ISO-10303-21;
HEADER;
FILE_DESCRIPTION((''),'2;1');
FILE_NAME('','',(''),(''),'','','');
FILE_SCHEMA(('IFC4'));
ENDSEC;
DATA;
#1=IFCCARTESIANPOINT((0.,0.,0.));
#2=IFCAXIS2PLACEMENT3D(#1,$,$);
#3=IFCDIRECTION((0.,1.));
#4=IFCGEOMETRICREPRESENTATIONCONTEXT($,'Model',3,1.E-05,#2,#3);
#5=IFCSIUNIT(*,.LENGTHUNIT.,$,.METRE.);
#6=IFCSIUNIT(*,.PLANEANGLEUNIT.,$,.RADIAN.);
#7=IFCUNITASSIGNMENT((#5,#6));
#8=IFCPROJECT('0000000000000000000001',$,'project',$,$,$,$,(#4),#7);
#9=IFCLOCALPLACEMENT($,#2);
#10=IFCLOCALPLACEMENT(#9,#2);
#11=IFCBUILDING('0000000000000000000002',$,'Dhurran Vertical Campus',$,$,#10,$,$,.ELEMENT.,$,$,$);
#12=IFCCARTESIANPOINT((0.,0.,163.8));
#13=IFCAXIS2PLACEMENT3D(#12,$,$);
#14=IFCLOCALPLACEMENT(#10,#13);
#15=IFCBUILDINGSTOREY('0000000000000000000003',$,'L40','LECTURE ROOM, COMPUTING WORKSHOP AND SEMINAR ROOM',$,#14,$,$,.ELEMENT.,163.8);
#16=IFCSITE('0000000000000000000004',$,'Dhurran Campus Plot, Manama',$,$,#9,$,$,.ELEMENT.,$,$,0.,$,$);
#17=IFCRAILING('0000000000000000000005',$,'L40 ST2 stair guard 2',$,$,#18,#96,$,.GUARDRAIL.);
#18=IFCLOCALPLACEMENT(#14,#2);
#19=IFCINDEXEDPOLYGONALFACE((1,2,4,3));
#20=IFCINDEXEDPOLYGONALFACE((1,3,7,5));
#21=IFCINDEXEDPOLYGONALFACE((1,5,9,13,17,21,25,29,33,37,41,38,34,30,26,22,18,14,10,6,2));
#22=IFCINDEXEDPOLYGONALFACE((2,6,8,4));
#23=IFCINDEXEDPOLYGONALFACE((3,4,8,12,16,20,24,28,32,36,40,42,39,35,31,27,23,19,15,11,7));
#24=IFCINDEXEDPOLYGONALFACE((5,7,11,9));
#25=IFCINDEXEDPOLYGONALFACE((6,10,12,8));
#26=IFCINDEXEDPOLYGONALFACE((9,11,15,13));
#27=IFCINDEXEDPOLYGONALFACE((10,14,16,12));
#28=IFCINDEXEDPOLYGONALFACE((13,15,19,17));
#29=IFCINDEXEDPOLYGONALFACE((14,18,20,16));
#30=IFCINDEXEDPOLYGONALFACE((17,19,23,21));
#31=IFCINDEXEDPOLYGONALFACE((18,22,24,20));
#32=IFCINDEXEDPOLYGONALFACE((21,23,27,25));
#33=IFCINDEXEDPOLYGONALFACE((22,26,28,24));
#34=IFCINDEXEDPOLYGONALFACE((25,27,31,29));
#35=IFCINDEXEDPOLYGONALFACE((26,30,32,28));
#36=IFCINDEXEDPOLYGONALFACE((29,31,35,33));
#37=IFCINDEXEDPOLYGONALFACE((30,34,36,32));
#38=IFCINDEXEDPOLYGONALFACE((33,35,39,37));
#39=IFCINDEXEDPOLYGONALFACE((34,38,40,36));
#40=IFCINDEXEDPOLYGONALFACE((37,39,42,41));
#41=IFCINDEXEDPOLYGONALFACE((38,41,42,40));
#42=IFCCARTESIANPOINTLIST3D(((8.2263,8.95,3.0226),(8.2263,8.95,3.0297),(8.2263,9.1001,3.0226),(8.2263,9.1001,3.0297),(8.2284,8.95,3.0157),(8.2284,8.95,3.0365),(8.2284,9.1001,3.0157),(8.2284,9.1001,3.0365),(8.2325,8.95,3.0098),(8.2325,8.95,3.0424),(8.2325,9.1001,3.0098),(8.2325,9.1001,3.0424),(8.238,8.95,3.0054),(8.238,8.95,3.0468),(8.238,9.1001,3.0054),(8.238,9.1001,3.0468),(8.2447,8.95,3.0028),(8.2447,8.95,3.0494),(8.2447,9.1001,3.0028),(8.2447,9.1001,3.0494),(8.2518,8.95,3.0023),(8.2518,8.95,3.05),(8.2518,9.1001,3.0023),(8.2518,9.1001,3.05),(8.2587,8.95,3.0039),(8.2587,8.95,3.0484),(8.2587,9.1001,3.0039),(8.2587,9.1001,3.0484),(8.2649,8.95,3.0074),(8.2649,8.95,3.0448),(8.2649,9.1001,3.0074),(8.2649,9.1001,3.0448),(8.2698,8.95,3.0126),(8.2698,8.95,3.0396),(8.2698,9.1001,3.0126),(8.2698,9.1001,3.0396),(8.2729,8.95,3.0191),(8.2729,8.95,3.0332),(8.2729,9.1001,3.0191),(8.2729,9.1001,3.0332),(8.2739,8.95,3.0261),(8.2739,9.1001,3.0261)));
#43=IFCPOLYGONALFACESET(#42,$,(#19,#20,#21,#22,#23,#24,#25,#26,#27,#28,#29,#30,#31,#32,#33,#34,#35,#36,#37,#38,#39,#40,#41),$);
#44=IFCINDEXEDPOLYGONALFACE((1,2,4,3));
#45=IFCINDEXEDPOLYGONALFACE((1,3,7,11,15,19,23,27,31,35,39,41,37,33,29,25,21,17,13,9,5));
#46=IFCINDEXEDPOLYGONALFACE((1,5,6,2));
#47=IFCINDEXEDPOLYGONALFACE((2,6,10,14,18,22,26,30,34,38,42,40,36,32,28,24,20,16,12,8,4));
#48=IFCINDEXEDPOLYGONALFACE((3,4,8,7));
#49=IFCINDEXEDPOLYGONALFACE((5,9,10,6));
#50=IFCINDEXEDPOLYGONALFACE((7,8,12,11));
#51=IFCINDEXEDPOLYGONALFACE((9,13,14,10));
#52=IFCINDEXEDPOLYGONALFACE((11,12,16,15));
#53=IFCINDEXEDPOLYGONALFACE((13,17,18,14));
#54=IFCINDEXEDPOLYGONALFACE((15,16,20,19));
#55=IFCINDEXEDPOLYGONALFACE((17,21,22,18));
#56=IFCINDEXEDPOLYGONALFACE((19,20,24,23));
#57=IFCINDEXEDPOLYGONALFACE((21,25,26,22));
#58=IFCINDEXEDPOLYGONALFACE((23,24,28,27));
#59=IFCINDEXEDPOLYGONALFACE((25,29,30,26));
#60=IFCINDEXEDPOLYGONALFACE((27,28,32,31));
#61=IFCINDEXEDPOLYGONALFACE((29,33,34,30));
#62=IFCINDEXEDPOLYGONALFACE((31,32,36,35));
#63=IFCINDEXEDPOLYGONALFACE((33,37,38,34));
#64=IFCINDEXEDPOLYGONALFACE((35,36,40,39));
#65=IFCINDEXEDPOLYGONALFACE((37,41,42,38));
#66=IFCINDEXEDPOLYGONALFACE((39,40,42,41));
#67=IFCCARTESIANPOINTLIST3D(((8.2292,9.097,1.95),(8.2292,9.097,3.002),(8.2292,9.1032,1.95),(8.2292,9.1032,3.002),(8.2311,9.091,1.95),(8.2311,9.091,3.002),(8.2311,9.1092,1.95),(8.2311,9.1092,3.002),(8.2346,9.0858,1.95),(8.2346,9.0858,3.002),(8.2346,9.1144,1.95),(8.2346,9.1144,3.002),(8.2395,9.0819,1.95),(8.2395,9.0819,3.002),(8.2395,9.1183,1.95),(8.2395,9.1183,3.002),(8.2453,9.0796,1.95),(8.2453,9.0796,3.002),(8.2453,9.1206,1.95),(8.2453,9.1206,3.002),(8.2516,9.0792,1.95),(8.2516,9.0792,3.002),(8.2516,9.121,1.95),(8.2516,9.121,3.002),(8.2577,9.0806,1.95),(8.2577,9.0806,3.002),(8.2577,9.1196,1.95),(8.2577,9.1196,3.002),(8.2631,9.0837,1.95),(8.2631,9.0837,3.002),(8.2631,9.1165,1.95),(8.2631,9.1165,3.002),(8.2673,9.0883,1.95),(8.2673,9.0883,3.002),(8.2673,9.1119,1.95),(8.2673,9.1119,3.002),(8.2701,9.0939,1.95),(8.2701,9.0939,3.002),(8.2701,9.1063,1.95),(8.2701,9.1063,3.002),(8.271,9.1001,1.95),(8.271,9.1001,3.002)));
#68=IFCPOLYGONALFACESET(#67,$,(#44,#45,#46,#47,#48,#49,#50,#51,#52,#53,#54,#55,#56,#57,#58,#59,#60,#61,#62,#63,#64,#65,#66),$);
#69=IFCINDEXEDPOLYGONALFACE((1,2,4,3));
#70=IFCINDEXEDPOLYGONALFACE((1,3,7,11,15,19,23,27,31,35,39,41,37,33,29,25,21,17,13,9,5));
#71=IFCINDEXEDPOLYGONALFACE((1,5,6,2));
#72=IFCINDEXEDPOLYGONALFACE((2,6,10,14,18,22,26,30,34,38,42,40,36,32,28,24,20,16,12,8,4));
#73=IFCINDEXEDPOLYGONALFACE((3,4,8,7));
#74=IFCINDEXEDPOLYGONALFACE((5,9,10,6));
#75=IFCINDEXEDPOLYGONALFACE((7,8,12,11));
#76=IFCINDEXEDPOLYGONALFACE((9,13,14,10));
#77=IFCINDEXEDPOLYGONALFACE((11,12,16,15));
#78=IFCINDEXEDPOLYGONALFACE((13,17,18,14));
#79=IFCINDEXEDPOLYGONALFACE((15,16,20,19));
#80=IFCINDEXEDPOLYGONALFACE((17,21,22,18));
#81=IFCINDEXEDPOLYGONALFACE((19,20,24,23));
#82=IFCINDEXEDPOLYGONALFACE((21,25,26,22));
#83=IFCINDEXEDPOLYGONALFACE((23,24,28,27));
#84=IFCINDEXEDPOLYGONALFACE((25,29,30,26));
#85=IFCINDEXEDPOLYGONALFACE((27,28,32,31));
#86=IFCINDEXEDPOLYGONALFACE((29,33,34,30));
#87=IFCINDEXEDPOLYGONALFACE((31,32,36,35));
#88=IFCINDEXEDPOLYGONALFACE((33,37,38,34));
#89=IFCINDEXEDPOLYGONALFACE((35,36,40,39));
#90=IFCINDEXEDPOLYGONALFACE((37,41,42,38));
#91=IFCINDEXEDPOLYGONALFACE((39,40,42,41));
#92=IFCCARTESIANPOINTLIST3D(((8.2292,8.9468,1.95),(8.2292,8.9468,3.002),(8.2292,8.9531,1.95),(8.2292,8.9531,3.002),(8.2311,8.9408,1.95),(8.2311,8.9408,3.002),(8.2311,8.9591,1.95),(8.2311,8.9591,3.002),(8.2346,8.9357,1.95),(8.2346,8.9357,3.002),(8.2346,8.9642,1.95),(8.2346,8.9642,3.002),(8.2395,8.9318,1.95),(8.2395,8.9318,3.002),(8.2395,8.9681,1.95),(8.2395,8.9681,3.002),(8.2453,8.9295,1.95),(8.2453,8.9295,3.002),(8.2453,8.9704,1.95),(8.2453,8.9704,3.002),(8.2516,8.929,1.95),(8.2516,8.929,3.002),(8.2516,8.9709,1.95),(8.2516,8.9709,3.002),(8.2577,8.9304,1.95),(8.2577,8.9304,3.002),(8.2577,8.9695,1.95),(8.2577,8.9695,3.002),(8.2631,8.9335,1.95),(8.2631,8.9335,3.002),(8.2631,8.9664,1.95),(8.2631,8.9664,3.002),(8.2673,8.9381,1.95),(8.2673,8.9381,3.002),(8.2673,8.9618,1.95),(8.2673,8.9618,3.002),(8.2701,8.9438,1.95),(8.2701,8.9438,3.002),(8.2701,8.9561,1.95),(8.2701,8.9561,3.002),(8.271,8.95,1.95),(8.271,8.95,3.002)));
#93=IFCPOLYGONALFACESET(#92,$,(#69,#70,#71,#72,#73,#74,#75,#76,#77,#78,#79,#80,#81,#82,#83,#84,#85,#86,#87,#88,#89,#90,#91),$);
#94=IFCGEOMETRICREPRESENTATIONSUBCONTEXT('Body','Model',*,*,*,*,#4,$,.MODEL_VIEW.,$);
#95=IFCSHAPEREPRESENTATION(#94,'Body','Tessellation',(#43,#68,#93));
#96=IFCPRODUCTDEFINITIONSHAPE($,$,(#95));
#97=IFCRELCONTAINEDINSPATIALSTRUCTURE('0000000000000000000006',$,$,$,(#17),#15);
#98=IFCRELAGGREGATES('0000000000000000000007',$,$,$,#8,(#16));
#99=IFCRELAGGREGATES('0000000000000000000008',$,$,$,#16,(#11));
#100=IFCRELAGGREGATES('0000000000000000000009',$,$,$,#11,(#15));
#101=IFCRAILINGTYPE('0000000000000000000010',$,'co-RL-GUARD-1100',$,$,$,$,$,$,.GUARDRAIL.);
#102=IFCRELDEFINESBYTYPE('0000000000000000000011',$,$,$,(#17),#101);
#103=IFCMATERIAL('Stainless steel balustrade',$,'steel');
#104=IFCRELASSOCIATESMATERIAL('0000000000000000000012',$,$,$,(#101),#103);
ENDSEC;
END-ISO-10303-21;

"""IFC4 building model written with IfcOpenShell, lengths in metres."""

from ifc_helpers import new_model, si_unit, direction, frame, origin, origin_2d, place, context, subcontext, project, spatial, circle, extrude, material, type_object, element, save


model = new_model("IFC4")

# Units and contexts
model_context = context("Model", 3, precision=1e-05, world=origin(), true_north=direction((0.0, 1.0)))
body_context = subcontext(model_context, "Body", "Model", "MODEL_VIEW")
ifc_project = project(units=[si_unit("LENGTHUNIT", "METRE"), si_unit("PLANEANGLEUNIT", "RADIAN")], contexts=[model_context])

# Site, building, storey
site_placement = place(None, origin())
site = spatial("IfcSite", under=ifc_project, at=site_placement, Name="Dhurran Campus Plot, Manama", CompositionType="ELEMENT", RefElevation=0.0)
building_placement = place(site_placement, origin())
building = spatial("IfcBuilding", under=site, at=building_placement, Name="Dhurran Vertical Campus", CompositionType="ELEMENT")
storey_placement = place(building_placement, frame((0.0, 0.0, 163.8)))
storey = spatial("IfcBuildingStorey", under=building, at=storey_placement, Name="L40", Description="LECTURE ROOM, COMPUTING WORKSHOP AND SEMINAR ROOM", CompositionType="ELEMENT", Elevation=163.8)

# Railing
ifc_material_1 = material(Name="Stainless steel balustrade", Category="steel")
railing_type_1 = type_object("IfcRailingType", Name="co-RL-GUARD-1100", PredefinedType="GUARDRAIL", material=ifc_material_1)
railing_1_placement = place(storey_placement, frame((8.25, 9.1001, 1.95)))
element("IfcRailing", 1, at=railing_1_placement, inside=storey, type_object=railing_type_1, Name="L40 ST2 stair guard 2", PredefinedType="GUARDRAIL", context=body_context, shape_type="SweptSolid", body=[
    extrude(circle(Radius=0.0239, at=origin_2d()), frame((0.0, 0.0, 1.0762), z_axis=(0.0, -1.0, 0.0), x_axis=(1.0, 0.0, 0.0)), (0.0, 0.0, 1.0), 0.1501),
    extrude(circle(Radius=0.021, at=origin_2d()), origin(), (0.0, 0.0, 1.0), 1.052),
    extrude(circle(Radius=0.021, at=origin_2d()), frame((0.0, -0.1501, 0.0)), (0.0, 0.0, 1.0), 1.052),
])

save(model, "model.ifc")
